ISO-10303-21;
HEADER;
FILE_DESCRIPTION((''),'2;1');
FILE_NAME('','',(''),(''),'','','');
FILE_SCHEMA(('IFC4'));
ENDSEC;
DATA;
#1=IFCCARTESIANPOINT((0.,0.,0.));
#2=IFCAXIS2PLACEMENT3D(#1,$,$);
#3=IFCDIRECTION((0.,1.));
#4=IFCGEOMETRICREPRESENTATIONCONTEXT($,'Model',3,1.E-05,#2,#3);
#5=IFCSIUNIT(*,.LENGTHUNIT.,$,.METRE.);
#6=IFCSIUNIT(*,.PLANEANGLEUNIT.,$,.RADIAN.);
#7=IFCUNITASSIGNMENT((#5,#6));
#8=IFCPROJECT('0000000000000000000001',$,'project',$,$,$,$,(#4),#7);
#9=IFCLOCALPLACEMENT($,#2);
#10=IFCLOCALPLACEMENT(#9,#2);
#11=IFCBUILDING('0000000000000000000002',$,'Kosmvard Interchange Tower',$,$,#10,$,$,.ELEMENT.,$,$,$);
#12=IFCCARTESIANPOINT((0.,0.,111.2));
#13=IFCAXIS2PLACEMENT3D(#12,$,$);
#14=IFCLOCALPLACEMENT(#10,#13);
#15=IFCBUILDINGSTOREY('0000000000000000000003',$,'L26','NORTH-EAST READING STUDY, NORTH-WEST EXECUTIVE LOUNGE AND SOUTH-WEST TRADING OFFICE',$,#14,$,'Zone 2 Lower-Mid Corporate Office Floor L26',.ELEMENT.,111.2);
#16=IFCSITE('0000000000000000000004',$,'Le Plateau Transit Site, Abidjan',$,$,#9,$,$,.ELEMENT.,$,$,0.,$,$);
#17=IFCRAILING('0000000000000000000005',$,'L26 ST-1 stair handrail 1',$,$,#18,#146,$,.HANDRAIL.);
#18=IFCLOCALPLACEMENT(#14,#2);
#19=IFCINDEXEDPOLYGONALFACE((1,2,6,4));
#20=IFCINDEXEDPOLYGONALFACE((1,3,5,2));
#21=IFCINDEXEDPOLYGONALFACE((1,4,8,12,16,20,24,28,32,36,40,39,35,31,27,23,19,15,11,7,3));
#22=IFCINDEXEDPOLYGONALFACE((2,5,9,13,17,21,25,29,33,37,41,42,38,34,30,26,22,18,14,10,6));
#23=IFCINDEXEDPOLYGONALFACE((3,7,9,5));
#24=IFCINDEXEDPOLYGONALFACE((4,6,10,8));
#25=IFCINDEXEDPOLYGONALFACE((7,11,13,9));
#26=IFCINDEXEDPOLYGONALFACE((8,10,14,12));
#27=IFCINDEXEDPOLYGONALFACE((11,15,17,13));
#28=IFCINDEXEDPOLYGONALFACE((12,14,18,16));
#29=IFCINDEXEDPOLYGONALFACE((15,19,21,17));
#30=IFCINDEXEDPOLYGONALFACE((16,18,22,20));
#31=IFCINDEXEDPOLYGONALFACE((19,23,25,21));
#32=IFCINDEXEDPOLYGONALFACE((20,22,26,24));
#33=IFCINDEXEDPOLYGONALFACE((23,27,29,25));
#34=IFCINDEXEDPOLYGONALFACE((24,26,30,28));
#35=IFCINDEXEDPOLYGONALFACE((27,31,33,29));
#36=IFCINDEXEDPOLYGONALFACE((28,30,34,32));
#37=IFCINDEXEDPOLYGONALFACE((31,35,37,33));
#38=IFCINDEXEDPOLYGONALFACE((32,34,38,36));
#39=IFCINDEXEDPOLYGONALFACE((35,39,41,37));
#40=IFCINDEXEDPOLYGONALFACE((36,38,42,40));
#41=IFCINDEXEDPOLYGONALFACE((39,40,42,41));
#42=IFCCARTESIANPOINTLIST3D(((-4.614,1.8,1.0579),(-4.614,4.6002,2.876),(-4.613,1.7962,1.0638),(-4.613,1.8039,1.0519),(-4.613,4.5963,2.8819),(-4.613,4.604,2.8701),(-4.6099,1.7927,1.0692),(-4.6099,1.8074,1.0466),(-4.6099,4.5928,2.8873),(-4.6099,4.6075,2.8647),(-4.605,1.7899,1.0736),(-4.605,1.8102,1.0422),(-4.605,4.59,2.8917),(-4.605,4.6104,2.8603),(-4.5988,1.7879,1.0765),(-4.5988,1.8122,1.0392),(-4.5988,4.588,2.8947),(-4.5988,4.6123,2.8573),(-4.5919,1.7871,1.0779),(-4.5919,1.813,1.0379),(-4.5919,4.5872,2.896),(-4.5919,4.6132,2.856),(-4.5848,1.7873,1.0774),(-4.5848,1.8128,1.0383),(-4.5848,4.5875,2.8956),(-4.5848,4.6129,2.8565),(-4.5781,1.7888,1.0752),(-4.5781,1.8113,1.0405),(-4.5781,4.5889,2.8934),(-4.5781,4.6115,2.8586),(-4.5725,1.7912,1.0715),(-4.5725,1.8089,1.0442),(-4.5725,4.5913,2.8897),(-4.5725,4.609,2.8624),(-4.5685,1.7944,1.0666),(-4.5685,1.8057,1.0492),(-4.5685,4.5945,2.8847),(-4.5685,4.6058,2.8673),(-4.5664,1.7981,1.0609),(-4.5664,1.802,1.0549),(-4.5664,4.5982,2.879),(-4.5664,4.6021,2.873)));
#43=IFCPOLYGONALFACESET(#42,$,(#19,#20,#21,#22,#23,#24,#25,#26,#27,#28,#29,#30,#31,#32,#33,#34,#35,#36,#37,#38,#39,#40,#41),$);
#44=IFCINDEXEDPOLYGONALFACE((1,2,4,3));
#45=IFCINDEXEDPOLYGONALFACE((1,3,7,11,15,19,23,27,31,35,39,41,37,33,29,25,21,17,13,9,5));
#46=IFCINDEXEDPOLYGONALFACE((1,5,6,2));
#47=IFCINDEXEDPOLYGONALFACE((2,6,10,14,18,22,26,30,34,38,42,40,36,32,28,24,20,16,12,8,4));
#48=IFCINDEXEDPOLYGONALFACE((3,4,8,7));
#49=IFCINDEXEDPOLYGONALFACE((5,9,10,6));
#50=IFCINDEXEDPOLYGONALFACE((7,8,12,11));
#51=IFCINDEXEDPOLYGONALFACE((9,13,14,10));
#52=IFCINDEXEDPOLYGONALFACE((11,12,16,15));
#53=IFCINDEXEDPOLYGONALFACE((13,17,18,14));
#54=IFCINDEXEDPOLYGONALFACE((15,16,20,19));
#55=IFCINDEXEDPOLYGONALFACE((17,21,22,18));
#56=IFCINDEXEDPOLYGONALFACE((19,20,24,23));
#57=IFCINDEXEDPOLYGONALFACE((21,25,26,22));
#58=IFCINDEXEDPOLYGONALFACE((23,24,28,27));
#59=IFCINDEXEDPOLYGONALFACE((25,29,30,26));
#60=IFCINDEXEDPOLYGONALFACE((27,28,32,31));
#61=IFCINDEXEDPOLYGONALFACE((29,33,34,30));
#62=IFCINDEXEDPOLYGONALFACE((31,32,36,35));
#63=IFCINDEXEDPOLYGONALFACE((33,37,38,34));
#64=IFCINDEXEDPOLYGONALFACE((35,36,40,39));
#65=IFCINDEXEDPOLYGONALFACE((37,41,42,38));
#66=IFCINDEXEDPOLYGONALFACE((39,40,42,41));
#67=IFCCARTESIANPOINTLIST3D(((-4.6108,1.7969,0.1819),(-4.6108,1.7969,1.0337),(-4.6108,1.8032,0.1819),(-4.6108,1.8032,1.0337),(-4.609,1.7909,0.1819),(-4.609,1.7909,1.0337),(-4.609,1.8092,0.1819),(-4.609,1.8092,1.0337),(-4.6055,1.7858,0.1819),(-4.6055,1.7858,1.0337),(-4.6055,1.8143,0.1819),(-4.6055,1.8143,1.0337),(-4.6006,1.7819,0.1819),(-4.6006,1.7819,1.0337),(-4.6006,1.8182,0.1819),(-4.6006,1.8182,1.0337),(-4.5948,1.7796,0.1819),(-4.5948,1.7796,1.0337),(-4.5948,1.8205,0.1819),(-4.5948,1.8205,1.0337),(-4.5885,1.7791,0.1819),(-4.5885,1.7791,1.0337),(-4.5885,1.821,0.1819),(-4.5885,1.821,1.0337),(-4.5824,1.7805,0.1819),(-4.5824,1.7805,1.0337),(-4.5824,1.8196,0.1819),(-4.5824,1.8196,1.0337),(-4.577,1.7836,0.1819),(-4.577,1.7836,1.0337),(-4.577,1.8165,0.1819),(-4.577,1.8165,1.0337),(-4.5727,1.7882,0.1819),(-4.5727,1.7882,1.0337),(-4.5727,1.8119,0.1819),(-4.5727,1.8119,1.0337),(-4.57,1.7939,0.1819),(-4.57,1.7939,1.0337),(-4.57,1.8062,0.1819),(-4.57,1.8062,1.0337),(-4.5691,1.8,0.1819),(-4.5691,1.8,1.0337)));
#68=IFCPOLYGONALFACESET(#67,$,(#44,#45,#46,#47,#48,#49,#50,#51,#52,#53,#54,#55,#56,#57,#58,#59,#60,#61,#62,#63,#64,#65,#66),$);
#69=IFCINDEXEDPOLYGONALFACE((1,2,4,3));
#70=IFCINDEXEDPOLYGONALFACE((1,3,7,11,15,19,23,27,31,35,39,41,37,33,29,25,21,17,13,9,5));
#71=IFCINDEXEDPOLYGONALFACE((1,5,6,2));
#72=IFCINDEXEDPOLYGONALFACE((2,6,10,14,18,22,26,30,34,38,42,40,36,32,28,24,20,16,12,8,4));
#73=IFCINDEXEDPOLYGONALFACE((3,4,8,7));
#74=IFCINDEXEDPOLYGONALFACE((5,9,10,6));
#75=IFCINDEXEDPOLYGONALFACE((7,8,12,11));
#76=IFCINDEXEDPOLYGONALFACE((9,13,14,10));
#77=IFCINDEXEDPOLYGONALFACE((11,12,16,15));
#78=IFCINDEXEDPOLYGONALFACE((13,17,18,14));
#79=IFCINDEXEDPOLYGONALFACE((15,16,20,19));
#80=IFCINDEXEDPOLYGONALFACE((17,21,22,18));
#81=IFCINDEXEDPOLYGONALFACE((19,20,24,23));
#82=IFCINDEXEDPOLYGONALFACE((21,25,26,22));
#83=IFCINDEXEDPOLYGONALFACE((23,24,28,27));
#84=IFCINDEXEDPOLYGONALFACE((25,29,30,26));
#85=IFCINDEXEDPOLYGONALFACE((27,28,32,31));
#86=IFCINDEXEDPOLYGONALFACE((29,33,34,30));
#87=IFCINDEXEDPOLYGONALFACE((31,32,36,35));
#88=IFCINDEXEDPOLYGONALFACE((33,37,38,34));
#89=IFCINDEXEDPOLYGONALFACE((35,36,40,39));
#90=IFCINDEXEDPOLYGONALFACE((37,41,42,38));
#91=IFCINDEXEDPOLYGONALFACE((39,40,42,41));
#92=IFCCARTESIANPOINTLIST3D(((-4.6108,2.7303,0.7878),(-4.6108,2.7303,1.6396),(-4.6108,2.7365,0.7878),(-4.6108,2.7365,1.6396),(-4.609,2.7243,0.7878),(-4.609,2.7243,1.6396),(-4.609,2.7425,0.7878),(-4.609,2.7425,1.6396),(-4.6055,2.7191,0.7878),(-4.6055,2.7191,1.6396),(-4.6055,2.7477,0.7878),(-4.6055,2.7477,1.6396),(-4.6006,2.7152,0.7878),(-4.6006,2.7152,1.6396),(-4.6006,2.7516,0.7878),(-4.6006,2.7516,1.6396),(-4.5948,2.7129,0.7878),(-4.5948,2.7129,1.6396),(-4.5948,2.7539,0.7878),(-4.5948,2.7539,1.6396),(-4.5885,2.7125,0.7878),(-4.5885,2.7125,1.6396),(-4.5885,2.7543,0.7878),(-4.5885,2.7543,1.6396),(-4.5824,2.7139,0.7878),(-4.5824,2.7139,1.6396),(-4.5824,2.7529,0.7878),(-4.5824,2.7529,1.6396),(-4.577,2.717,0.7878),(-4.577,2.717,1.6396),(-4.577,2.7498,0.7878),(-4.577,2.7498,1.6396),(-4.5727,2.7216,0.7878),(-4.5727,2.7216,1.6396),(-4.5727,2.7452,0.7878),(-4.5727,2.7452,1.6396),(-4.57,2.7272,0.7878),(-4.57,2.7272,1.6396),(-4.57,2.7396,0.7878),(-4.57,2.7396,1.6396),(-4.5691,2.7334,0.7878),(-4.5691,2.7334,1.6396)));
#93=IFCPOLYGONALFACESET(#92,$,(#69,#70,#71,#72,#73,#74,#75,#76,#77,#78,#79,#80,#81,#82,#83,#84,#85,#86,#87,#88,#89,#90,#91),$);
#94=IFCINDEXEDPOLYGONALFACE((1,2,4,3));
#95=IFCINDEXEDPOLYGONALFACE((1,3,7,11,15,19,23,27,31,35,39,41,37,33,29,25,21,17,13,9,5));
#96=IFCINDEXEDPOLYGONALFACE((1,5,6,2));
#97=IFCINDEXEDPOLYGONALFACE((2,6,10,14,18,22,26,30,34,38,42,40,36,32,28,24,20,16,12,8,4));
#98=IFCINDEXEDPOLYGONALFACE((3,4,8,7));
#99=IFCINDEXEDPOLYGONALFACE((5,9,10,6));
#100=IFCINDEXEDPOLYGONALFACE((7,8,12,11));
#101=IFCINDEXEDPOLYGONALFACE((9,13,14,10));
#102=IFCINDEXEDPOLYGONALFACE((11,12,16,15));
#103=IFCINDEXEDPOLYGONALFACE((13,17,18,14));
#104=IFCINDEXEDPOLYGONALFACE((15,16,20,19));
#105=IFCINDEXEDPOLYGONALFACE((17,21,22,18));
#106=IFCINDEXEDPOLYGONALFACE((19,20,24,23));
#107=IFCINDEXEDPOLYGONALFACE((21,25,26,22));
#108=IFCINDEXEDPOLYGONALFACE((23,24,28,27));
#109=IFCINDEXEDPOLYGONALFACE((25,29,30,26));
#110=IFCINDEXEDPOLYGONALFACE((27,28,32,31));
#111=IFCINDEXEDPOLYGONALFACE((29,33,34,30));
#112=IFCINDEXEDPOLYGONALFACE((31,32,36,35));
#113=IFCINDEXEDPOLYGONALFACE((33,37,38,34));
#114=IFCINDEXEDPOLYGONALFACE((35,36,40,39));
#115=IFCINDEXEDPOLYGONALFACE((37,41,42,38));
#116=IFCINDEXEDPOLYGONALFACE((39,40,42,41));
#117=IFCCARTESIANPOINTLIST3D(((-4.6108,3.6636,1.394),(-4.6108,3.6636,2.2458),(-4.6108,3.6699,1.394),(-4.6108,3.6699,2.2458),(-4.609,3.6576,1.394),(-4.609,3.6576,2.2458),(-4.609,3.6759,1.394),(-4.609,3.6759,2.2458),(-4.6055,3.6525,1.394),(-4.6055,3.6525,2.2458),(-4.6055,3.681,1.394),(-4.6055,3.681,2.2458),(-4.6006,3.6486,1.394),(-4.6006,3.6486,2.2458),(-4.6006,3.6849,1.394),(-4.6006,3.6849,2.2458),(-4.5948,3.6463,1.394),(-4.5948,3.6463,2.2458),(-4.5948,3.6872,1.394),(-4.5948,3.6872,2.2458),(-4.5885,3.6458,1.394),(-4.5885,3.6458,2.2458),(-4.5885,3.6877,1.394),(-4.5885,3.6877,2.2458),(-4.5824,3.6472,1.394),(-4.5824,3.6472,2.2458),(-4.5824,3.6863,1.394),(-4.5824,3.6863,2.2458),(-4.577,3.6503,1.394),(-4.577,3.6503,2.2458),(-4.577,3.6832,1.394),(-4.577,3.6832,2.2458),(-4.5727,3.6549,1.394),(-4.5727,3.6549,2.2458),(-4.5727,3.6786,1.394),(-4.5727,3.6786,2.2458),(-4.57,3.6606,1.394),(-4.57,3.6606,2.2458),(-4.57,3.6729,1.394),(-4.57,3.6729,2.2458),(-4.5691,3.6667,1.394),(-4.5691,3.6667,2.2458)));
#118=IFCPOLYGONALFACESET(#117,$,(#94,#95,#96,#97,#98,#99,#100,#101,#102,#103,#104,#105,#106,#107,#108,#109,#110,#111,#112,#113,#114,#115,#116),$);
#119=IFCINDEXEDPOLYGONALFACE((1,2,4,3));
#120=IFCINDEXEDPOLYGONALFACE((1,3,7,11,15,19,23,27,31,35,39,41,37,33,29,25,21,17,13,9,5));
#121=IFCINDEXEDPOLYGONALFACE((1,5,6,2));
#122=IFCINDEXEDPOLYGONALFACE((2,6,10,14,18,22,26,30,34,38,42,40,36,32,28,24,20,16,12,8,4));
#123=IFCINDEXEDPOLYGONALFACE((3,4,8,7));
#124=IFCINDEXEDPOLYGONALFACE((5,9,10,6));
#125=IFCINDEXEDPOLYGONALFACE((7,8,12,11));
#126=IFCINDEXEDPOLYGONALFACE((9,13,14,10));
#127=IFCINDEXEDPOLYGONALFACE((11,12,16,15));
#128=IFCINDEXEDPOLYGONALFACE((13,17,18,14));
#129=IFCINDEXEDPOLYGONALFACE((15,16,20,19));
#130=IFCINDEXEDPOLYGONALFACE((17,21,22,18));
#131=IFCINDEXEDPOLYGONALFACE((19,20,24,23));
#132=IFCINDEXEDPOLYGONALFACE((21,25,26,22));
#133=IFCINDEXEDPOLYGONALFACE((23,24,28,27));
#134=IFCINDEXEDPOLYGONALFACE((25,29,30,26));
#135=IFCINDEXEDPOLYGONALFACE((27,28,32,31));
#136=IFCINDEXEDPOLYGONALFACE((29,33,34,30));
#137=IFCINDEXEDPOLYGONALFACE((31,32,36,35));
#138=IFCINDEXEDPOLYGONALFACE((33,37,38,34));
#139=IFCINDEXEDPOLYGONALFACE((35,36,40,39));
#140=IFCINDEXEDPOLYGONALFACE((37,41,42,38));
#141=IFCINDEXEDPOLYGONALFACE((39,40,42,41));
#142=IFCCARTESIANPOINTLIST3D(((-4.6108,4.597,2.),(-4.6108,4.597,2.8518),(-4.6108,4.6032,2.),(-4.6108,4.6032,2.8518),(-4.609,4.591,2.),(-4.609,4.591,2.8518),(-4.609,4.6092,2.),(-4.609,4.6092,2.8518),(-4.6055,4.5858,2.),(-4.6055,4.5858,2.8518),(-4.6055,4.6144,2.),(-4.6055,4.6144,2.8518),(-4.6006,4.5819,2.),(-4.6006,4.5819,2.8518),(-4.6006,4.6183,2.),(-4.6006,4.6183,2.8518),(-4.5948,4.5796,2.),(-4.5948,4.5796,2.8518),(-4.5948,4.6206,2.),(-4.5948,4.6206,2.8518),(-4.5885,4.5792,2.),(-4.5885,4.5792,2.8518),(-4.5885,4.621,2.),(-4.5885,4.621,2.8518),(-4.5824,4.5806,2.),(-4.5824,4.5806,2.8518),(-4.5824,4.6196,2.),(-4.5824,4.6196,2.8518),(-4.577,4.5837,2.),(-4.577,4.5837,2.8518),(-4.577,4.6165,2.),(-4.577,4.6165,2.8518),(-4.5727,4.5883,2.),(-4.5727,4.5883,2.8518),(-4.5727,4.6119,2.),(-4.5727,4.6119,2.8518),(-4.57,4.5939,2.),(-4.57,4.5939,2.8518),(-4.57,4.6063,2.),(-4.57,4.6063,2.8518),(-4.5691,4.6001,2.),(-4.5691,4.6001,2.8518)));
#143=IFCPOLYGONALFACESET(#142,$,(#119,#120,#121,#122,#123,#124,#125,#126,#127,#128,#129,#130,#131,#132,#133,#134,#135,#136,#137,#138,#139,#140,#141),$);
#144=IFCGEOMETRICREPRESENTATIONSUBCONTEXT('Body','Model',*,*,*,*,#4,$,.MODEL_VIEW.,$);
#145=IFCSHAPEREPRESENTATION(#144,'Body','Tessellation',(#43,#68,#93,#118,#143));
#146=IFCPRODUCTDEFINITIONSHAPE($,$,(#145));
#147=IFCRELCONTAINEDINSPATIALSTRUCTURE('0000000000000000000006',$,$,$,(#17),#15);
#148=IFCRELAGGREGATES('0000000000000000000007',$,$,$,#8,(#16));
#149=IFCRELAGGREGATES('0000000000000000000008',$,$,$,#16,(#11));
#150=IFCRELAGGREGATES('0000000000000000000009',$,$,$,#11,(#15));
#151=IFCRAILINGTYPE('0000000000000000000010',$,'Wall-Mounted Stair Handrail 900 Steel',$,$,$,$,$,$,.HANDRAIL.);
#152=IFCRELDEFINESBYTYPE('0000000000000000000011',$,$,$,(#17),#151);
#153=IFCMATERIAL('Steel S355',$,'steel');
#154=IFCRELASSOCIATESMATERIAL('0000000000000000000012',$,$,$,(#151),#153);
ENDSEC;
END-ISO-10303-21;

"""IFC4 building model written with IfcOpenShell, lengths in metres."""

from ifc_helpers import new_model, si_unit, direction, frame, origin, origin_2d, place, context, subcontext, project, spatial, circle, extrude, source, transform, mapped, material, type_object, element, save


model = new_model("IFC4")

# Units and contexts
model_context = context("Model", 3, precision=1e-05, world=origin(), true_north=direction((0.0, 1.0)))
body_context = subcontext(model_context, "Body", "Model", "MODEL_VIEW")
ifc_project = project(units=[si_unit("LENGTHUNIT", "METRE"), si_unit("PLANEANGLEUNIT", "RADIAN")], contexts=[model_context])

# Site, building, storey
site_placement = place(None, origin())
site = spatial("IfcSite", under=ifc_project, at=site_placement, Name="Le Plateau Transit Site, Abidjan", CompositionType="ELEMENT", RefElevation=0.0)
building_placement = place(site_placement, origin())
building = spatial("IfcBuilding", under=site, at=building_placement, Name="Kosmvard Interchange Tower", CompositionType="ELEMENT")
storey_placement = place(building_placement, frame((0.0, 0.0, 111.2)))
storey = spatial("IfcBuildingStorey", under=building, at=storey_placement, Name="L26", Description="NORTH-EAST READING STUDY, NORTH-WEST EXECUTIVE LOUNGE AND SOUTH-WEST TRADING OFFICE", LongName="Zone 2 Lower-Mid Corporate Office Floor L26", CompositionType="ELEMENT", Elevation=111.2)

# Shared definitions
ifc_material_1 = material(Name="Steel S355", Category="steel")

# Railing
railing_type_1 = type_object("IfcRailingType", Name="Wall-Mounted Stair Handrail 900 Steel", PredefinedType="HANDRAIL", material=ifc_material_1)
shared_shape_1 = source(origin(), body_context, "Body", "SweptSolid", [
    extrude(circle(Radius=0.0239, at=origin_2d()), frame((0.0, 0.0, 0.876), z_axis=(0.0, 0.838706, 0.544585), x_axis=(-1.0, 0.0, 0.0)), (0.0, 0.0, 1.0), 3.3386),
    extrude(circle(Radius=0.021, at=origin_2d()), origin(), (0.0, 0.0, 1.0), 0.8518),
    extrude(circle(Radius=0.021, at=origin_2d()), frame((0.0, 0.9333, 0.606)), (0.0, 0.0, 1.0), 0.8518),
    extrude(circle(Radius=0.021, at=origin_2d()), frame((0.0, 1.8667, 1.2122)), (0.0, 0.0, 1.0), 0.8518),
    extrude(circle(Radius=0.021, at=origin_2d()), frame((0.0, 2.8, 1.8181)), (0.0, 0.0, 1.0), 0.8518),
])
railing_1_placement = place(storey_placement, frame((-4.5901, 1.8, 0.1819)))
element("IfcRailing", 1, at=railing_1_placement, inside=storey, type_object=railing_type_1, Name="L26 ST-1 stair handrail 1", PredefinedType="HANDRAIL", context=body_context, shape_type="MappedRepresentation", body=[
    mapped(shared_shape_1, transform((0.0, 0.0, 0.0), scale=1.0)),
])

save(model, "model.ifc")
